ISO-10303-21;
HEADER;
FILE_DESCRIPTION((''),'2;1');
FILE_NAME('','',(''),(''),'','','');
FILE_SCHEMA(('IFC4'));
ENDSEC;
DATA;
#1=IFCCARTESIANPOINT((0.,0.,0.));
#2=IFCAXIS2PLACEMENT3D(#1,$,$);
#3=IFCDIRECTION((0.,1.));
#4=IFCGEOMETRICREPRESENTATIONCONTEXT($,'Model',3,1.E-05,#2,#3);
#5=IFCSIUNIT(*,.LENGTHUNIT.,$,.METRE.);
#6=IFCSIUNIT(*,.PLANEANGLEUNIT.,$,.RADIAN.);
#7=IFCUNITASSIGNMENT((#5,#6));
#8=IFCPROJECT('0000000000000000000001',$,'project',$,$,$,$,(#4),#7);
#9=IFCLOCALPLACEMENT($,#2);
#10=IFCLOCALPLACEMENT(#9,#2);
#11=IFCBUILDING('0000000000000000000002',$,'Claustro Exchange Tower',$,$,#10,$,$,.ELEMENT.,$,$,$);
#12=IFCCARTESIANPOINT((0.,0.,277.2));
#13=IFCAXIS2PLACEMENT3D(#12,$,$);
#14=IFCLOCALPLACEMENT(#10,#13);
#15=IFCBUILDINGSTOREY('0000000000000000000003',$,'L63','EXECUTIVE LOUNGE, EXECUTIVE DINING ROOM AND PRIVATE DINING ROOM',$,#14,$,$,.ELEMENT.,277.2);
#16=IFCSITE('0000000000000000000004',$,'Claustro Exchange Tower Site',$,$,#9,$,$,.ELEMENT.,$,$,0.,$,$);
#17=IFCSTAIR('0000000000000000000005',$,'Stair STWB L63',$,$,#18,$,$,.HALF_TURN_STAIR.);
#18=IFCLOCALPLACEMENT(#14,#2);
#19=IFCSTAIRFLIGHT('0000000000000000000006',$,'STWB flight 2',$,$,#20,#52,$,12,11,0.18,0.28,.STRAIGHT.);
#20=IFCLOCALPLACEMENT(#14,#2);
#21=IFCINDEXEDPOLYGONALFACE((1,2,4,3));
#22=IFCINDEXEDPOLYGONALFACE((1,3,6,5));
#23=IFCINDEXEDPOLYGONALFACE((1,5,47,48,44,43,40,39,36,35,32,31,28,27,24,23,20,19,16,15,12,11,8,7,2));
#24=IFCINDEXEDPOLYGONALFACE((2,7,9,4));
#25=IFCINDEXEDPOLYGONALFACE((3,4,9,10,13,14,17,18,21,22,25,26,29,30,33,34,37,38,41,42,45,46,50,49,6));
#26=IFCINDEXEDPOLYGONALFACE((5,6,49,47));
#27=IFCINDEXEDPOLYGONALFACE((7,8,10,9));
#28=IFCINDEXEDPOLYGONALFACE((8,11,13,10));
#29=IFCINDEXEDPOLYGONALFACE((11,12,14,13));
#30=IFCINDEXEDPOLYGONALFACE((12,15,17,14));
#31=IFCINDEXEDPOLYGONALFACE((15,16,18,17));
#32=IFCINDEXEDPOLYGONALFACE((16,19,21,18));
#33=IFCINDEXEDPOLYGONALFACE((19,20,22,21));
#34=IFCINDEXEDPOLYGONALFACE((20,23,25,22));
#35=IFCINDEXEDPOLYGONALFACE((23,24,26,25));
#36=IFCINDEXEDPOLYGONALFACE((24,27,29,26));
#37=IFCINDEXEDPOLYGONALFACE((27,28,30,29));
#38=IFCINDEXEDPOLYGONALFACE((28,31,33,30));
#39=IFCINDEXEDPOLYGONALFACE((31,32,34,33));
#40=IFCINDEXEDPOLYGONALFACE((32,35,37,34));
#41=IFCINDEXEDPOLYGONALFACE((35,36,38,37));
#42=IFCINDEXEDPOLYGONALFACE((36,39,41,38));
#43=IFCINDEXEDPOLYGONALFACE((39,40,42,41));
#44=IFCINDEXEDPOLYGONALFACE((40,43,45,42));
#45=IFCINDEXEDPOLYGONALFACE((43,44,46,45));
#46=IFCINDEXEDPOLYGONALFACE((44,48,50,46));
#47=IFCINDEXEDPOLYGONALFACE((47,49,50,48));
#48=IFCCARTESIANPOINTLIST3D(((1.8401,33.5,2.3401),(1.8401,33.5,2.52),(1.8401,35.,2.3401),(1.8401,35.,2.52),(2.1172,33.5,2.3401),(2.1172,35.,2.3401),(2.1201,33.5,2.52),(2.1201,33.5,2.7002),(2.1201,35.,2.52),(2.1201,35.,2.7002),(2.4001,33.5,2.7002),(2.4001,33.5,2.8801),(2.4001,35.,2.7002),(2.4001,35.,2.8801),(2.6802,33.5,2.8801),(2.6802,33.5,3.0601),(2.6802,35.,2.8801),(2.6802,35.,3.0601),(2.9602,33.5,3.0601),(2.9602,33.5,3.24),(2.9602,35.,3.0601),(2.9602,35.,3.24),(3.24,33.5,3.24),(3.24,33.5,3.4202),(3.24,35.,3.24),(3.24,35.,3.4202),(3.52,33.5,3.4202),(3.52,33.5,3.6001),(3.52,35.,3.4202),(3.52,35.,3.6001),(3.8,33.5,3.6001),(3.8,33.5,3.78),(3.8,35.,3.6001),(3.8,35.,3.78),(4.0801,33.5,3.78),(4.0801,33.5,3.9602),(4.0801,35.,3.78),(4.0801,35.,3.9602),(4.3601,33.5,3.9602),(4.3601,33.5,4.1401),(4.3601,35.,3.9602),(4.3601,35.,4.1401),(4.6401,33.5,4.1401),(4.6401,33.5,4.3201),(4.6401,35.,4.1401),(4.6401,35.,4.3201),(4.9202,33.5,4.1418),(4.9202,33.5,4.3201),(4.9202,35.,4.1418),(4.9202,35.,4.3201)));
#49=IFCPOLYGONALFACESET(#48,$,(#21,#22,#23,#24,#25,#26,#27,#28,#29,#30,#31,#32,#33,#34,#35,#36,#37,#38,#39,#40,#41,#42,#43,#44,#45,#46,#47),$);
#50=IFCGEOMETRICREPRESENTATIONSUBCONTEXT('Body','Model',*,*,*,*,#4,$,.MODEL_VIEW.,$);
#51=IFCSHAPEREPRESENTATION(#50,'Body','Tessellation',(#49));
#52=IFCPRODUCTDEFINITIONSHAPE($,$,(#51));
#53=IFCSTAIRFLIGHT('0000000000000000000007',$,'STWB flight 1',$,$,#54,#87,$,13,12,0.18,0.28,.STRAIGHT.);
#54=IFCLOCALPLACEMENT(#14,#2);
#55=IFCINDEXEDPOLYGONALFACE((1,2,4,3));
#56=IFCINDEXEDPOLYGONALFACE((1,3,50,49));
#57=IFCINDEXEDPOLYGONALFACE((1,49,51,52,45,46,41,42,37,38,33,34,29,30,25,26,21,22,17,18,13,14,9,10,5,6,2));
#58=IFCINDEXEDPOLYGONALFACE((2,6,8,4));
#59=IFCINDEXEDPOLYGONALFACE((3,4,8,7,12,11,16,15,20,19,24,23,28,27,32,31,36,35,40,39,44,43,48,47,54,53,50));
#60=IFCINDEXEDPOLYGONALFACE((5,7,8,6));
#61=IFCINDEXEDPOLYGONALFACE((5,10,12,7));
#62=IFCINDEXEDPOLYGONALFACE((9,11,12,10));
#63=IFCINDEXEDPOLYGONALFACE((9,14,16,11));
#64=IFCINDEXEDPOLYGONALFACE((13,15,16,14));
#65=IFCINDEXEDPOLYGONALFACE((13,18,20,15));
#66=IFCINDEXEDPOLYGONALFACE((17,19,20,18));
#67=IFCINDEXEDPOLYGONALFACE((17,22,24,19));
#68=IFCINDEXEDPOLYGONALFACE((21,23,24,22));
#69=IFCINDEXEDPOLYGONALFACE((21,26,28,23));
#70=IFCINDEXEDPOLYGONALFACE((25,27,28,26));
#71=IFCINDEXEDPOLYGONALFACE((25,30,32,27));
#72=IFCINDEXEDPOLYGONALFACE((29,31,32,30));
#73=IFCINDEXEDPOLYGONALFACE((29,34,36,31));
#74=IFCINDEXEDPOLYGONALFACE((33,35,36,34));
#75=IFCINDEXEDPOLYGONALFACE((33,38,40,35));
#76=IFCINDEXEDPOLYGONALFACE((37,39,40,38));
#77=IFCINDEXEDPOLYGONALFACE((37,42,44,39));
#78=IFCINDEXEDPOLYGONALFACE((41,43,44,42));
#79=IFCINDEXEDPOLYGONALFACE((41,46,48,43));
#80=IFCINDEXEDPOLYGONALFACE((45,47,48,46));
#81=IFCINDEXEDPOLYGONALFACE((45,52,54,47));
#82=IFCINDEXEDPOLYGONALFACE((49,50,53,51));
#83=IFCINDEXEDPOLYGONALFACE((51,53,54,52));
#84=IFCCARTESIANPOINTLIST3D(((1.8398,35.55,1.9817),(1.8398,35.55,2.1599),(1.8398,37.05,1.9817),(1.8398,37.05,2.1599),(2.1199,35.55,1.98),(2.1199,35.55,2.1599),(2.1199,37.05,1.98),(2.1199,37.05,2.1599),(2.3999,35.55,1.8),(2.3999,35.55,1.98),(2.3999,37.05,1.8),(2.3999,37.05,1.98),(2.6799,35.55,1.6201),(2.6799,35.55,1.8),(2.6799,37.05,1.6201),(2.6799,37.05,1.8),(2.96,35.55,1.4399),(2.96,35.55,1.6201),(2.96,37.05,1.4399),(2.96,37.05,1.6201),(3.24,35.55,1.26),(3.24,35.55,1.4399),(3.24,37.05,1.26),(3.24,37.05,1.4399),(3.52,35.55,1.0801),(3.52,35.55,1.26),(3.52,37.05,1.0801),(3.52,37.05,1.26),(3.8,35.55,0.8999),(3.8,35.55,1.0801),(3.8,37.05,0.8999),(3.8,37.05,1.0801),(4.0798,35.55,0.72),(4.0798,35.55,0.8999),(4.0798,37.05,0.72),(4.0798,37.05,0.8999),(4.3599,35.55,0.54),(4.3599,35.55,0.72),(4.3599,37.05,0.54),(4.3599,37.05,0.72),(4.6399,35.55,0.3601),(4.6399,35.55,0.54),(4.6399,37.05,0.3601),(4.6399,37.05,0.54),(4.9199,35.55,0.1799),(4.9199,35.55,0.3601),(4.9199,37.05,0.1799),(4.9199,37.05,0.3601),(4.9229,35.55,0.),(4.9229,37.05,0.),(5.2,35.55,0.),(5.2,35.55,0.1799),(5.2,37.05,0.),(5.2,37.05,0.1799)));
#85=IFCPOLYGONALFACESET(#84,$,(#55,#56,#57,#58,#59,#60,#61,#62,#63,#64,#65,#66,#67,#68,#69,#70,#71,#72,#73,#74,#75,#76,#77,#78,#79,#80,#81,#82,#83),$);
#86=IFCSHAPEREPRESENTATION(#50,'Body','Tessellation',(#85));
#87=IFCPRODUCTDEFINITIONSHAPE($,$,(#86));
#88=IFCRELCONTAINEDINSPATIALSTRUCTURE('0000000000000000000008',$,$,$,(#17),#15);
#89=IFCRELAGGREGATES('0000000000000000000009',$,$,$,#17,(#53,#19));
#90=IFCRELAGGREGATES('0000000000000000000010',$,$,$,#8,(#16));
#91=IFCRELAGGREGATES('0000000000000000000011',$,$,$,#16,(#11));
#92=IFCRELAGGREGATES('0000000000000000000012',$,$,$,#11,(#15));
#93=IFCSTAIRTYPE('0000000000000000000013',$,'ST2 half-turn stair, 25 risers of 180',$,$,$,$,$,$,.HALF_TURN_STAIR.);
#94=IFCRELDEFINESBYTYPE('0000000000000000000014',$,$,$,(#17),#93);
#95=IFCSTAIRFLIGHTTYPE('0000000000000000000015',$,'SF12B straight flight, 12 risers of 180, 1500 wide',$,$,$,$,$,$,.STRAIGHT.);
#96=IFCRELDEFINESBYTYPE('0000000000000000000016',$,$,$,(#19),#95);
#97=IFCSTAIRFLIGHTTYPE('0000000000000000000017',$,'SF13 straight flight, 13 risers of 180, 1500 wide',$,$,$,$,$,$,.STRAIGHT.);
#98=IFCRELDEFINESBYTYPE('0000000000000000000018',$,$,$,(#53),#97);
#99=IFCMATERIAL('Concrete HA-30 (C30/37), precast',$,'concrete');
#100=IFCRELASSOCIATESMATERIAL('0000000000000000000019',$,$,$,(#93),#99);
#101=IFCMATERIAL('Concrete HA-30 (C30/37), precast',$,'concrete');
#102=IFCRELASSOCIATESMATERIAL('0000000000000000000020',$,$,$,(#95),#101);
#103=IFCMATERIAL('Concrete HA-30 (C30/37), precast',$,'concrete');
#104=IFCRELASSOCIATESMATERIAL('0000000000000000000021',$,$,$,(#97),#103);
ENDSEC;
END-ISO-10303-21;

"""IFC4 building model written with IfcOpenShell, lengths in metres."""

from ifc_helpers import new_model, si_unit, direction, frame, origin, place, context, subcontext, project, spatial, polyline, outline, extrude, material, type_object, element, aggregate, save


model = new_model("IFC4")

# Units and contexts
model_context = context("Model", 3, precision=1e-05, world=origin(), true_north=direction((0.0, 1.0)))
body_context = subcontext(model_context, "Body", "Model", "MODEL_VIEW")
ifc_project = project(units=[si_unit("LENGTHUNIT", "METRE"), si_unit("PLANEANGLEUNIT", "RADIAN")], contexts=[model_context])

# Site, building, storey
site_placement = place(None, origin())
site = spatial("IfcSite", under=ifc_project, at=site_placement, Name="Claustro Exchange Tower Site", CompositionType="ELEMENT", RefElevation=0.0)
building_placement = place(site_placement, origin())
building = spatial("IfcBuilding", under=site, at=building_placement, Name="Claustro Exchange Tower", CompositionType="ELEMENT")
storey_placement = place(building_placement, frame((0.0, 0.0, 277.2)))
storey = spatial("IfcBuildingStorey", under=building, at=storey_placement, Name="L63", Description="EXECUTIVE LOUNGE, EXECUTIVE DINING ROOM AND PRIVATE DINING ROOM", CompositionType="ELEMENT", Elevation=277.2)

# Stair, stair flights
ifc_material_1 = material(Name="Concrete HA-30 (C30/37), precast", Category="concrete")
stair_type = type_object("IfcStairType", Name="ST2 half-turn stair, 25 risers of 180", PredefinedType="HALF_TURN_STAIR", material=ifc_material_1)
stair_placement = place(storey_placement, origin())
stair = element("IfcStair", 1, at=stair_placement, inside=storey, type_object=stair_type, Name="Stair STWB L63", PredefinedType="HALF_TURN_STAIR")
ifc_material_2 = material(Name="Concrete HA-30 (C30/37), precast", Category="concrete")
stair_flight_type_1 = type_object("IfcStairFlightType", Name="SF12B straight flight, 12 risers of 180, 1500 wide", PredefinedType="STRAIGHT", material=ifc_material_2)
stair_flight_1_placement = place(storey_placement, frame((1.8401, 34.25, 2.3401), z_axis=(0.0, 0.0, 1.0), x_axis=(1.0, 0.0, 0.0)))
stair_flight_1 = element("IfcStairFlight", 2, at=stair_flight_1_placement, type_object=stair_flight_type_1, Name="STWB flight 2", NumberOfRisers=12, NumberOfTreads=11, PredefinedType="STRAIGHT", RiserHeight=0.18, TreadLength=0.28, context=body_context, shape_type="SweptSolid", body=[
    extrude(outline(polyline([(0.0, 0.0), (0.0, 0.1799), (0.28, 0.1799), (0.28, 0.3601), (0.5601, 0.3601), (0.5601, 0.54), (0.8401, 0.54), (0.8401, 0.72), (1.1201, 0.72), (1.1201, 0.8999), (1.3999, 0.8999), (1.3999, 1.0801), (1.6799, 1.0801), (1.6799, 1.26), (1.96, 1.26), (1.96, 1.4399), (2.24, 1.4399), (2.24, 1.6201), (2.52, 1.6201), (2.52, 1.8), (2.8, 1.8), (2.8, 1.98), (3.0801, 1.98), (3.0801, 2.1599), (3.0801, 1.8018), (0.2771, 0.0), (0.0, 0.0)])), frame((0.0, 0.75, 0.0), z_axis=(0.0, -1.0, 0.0), x_axis=(1.0, 0.0, 0.0)), (0.0, 0.0, 1.0), 1.5),
])
ifc_material_3 = material(Name="Concrete HA-30 (C30/37), precast", Category="concrete")
stair_flight_type_2 = type_object("IfcStairFlightType", Name="SF13 straight flight, 13 risers of 180, 1500 wide", PredefinedType="STRAIGHT", material=ifc_material_3)
stair_flight_2_placement = place(storey_placement, frame((5.2, 36.3, 0.0), z_axis=(0.0, 0.0, 1.0), x_axis=(-1.0, 0.0, 0.0)))
stair_flight_2 = element("IfcStairFlight", 3, at=stair_flight_2_placement, type_object=stair_flight_type_2, Name="STWB flight 1", NumberOfRisers=13, NumberOfTreads=12, PredefinedType="STRAIGHT", RiserHeight=0.18, TreadLength=0.28, context=body_context, shape_type="SweptSolid", body=[
    extrude(outline(polyline([(0.0, 0.0), (0.0, 0.1799), (0.28, 0.1799), (0.28, 0.3601), (0.5601, 0.3601), (0.5601, 0.54), (0.8401, 0.54), (0.8401, 0.72), (1.1201, 0.72), (1.1201, 0.8999), (1.3999, 0.8999), (1.3999, 1.0801), (1.6799, 1.0801), (1.6799, 1.26), (1.96, 1.26), (1.96, 1.4399), (2.24, 1.4399), (2.24, 1.6201), (2.52, 1.6201), (2.52, 1.8), (2.8, 1.8), (2.8, 1.98), (3.0801, 1.98), (3.0801, 2.1599), (3.3601, 2.1599), (3.3601, 2.3401), (3.3601, 1.9817), (0.2771, 0.0), (0.0, 0.0)])), frame((0.0, 0.75, 0.0), z_axis=(0.0, -1.0, 0.0), x_axis=(1.0, 0.0, 0.0)), (0.0, 0.0, 1.0), 1.5),
])
aggregate(stair, [stair_flight_2, stair_flight_1])

save(model, "model.ifc")
